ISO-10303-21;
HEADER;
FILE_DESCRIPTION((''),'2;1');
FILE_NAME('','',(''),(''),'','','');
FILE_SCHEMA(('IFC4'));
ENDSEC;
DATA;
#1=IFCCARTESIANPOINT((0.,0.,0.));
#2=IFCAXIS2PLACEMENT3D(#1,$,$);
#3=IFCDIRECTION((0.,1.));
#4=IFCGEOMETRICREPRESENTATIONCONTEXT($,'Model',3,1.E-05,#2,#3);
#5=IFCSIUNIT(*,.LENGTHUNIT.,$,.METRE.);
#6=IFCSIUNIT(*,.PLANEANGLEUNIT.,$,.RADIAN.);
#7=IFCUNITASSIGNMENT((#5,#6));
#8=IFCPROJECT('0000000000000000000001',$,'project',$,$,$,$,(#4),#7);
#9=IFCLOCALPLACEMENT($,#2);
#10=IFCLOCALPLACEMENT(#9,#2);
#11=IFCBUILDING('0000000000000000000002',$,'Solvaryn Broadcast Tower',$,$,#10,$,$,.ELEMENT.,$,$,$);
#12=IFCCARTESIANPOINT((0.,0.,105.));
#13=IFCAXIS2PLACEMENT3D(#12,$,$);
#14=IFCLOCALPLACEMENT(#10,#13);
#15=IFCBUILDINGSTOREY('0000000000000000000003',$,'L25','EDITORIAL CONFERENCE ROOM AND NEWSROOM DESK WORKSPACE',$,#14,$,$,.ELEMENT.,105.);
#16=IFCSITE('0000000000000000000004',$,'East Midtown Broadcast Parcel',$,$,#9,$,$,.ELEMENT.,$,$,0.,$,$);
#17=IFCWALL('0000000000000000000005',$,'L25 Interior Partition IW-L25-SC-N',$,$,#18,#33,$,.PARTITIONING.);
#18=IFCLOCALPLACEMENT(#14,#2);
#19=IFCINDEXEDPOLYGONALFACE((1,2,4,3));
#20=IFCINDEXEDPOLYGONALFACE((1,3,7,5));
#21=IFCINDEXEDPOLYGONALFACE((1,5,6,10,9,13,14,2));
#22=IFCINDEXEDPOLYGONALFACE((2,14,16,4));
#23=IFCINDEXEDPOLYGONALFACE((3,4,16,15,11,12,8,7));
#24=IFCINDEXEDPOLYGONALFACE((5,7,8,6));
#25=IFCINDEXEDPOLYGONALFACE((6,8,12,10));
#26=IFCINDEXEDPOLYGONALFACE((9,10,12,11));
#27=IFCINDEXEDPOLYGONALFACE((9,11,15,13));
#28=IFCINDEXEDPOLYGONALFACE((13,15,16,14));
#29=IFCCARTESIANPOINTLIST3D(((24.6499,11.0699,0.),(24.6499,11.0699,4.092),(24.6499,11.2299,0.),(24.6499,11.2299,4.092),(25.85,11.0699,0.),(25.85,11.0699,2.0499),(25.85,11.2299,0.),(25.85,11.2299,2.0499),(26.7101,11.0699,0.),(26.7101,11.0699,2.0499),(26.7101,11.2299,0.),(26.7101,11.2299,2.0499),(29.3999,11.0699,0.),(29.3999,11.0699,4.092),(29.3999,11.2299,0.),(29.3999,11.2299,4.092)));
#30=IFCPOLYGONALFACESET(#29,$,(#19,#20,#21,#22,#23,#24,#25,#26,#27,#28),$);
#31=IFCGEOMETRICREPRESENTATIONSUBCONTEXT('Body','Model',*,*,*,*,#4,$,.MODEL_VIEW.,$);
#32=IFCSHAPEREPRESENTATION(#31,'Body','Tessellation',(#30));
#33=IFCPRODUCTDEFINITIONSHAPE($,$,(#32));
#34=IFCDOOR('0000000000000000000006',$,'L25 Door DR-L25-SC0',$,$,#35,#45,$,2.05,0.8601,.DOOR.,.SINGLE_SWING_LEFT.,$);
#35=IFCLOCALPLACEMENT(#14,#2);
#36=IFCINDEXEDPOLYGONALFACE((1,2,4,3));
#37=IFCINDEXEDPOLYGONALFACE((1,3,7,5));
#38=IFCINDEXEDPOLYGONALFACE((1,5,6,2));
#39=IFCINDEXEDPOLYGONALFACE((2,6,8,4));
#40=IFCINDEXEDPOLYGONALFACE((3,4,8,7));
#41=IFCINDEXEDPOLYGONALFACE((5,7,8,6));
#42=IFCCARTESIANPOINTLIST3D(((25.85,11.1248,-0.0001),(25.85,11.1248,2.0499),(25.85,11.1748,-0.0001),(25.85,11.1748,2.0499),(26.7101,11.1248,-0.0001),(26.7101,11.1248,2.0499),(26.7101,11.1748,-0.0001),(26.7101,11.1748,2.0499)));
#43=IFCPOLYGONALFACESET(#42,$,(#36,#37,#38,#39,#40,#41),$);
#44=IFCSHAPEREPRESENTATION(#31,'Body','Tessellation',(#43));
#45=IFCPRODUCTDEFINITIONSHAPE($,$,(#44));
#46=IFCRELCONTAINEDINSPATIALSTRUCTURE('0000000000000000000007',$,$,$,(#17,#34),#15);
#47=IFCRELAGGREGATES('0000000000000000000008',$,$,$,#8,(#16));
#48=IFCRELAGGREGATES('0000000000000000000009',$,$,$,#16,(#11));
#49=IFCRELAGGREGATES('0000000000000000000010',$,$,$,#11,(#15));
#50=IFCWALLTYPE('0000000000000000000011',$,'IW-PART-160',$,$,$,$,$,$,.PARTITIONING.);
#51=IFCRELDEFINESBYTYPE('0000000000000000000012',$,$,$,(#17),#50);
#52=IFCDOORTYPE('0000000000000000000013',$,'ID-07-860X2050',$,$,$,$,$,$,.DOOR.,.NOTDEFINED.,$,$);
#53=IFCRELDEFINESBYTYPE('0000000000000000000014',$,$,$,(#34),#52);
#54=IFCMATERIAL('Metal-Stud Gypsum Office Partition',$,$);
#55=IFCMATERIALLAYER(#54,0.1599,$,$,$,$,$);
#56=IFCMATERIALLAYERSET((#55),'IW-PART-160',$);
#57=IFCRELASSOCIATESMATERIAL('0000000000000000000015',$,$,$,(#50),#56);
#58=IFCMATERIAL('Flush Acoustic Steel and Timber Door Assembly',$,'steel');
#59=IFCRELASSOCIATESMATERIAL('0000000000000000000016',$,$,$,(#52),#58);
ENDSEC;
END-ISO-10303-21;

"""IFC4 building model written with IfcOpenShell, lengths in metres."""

from ifc_helpers import new_model, si_unit, direction, frame, frame_2d, origin, place, context, subcontext, project, spatial, rectangle, extrude, material, layer, layer_set, type_object, element, fill, save


model = new_model("IFC4")

# Units and contexts
model_context = context("Model", 3, precision=1e-05, world=origin(), true_north=direction((0.0, 1.0)))
body_context = subcontext(model_context, "Body", "Model", "MODEL_VIEW")
ifc_project = project(units=[si_unit("LENGTHUNIT", "METRE"), si_unit("PLANEANGLEUNIT", "RADIAN")], contexts=[model_context])

# Site, building, storey
site_placement = place(None, origin())
site = spatial("IfcSite", under=ifc_project, at=site_placement, Name="East Midtown Broadcast Parcel", CompositionType="ELEMENT", RefElevation=0.0)
building_placement = place(site_placement, origin())
building = spatial("IfcBuilding", under=site, at=building_placement, Name="Solvaryn Broadcast Tower", CompositionType="ELEMENT")
storey_placement = place(building_placement, frame((0.0, 0.0, 105.0)))
storey = spatial("IfcBuildingStorey", under=building, at=storey_placement, Name="L25", Description="EDITORIAL CONFERENCE ROOM AND NEWSROOM DESK WORKSPACE", CompositionType="ELEMENT", Elevation=105.0)

# Shared definitions
ifc_material_1 = material(Name="Metal-Stud Gypsum Office Partition")
ifc_layer = layer(ifc_material_1, 0.1599)
ifc_layer_set = layer_set([ifc_layer], Name="IW-PART-160")
wall_type = type_object("IfcWallType", Name="IW-PART-160", PredefinedType="PARTITIONING", material=ifc_layer_set)

# Shared definitions
ifc_material_2 = material(Name="Flush Acoustic Steel and Timber Door Assembly", Category="steel")
door_type_1 = type_object("IfcDoorType", Name="ID-07-860X2050", OperationType="NOTDEFINED", PredefinedType="DOOR", material=ifc_material_2)

# Wall, opening, door
wall_1_placement = place(storey_placement, frame((24.6499, 11.1499, 0.0), z_axis=(0.0, 0.0, 1.0), x_axis=(1.0, 0.0, 0.0)))
wall_1 = element("IfcWall", 1, at=wall_1_placement, inside=storey, type_object=wall_type, Name="L25 Interior Partition IW-L25-SC-N", PredefinedType="PARTITIONING", context=body_context, shape_type="SweptSolid", body=[
    extrude(rectangle(XDim=4.75, YDim=0.1599, at=frame_2d((2.375, 0.0))), origin(), (0.0, 0.0, 1.0), 4.092),
])
opening_1_placement = place(wall_1_placement, frame((1.2, 0.0, 0.0)))
opening_1 = element("IfcOpeningElement", 2, at=opening_1_placement, cuts=wall_1, PredefinedType="OPENING", context=body_context, shape_type="SweptSolid", body=[
    extrude(rectangle(XDim=0.8601, YDim=2.05, at=frame_2d((0.4302, 1.0249))), frame((0.0, 0.0901, 0.0), z_axis=(0.0, -1.0, 0.0), x_axis=(1.0, 0.0, 0.0)), (0.0, 0.0, 1.0), 0.1799),
])
door_1_placement = place(opening_1_placement, origin())
door_1 = element("IfcDoor", 3, at=door_1_placement, inside=storey, type_object=door_type_1, Name="L25 Door DR-L25-SC0", OperationType="SINGLE_SWING_LEFT", OverallHeight=2.05, OverallWidth=0.8601, PredefinedType="DOOR", context=body_context, shape_type="SweptSolid", body=[
    extrude(rectangle(XDim=0.8601, YDim=2.05, at=frame_2d((0.4302, 1.0249))), frame((0.0, 0.0249, 0.0), z_axis=(0.0, -1.0, 0.0), x_axis=(1.0, 0.0, 0.0)), (0.0, 0.0, 1.0), 0.05),
])
fill(opening_1, door_1)

save(model, "model.ifc")
